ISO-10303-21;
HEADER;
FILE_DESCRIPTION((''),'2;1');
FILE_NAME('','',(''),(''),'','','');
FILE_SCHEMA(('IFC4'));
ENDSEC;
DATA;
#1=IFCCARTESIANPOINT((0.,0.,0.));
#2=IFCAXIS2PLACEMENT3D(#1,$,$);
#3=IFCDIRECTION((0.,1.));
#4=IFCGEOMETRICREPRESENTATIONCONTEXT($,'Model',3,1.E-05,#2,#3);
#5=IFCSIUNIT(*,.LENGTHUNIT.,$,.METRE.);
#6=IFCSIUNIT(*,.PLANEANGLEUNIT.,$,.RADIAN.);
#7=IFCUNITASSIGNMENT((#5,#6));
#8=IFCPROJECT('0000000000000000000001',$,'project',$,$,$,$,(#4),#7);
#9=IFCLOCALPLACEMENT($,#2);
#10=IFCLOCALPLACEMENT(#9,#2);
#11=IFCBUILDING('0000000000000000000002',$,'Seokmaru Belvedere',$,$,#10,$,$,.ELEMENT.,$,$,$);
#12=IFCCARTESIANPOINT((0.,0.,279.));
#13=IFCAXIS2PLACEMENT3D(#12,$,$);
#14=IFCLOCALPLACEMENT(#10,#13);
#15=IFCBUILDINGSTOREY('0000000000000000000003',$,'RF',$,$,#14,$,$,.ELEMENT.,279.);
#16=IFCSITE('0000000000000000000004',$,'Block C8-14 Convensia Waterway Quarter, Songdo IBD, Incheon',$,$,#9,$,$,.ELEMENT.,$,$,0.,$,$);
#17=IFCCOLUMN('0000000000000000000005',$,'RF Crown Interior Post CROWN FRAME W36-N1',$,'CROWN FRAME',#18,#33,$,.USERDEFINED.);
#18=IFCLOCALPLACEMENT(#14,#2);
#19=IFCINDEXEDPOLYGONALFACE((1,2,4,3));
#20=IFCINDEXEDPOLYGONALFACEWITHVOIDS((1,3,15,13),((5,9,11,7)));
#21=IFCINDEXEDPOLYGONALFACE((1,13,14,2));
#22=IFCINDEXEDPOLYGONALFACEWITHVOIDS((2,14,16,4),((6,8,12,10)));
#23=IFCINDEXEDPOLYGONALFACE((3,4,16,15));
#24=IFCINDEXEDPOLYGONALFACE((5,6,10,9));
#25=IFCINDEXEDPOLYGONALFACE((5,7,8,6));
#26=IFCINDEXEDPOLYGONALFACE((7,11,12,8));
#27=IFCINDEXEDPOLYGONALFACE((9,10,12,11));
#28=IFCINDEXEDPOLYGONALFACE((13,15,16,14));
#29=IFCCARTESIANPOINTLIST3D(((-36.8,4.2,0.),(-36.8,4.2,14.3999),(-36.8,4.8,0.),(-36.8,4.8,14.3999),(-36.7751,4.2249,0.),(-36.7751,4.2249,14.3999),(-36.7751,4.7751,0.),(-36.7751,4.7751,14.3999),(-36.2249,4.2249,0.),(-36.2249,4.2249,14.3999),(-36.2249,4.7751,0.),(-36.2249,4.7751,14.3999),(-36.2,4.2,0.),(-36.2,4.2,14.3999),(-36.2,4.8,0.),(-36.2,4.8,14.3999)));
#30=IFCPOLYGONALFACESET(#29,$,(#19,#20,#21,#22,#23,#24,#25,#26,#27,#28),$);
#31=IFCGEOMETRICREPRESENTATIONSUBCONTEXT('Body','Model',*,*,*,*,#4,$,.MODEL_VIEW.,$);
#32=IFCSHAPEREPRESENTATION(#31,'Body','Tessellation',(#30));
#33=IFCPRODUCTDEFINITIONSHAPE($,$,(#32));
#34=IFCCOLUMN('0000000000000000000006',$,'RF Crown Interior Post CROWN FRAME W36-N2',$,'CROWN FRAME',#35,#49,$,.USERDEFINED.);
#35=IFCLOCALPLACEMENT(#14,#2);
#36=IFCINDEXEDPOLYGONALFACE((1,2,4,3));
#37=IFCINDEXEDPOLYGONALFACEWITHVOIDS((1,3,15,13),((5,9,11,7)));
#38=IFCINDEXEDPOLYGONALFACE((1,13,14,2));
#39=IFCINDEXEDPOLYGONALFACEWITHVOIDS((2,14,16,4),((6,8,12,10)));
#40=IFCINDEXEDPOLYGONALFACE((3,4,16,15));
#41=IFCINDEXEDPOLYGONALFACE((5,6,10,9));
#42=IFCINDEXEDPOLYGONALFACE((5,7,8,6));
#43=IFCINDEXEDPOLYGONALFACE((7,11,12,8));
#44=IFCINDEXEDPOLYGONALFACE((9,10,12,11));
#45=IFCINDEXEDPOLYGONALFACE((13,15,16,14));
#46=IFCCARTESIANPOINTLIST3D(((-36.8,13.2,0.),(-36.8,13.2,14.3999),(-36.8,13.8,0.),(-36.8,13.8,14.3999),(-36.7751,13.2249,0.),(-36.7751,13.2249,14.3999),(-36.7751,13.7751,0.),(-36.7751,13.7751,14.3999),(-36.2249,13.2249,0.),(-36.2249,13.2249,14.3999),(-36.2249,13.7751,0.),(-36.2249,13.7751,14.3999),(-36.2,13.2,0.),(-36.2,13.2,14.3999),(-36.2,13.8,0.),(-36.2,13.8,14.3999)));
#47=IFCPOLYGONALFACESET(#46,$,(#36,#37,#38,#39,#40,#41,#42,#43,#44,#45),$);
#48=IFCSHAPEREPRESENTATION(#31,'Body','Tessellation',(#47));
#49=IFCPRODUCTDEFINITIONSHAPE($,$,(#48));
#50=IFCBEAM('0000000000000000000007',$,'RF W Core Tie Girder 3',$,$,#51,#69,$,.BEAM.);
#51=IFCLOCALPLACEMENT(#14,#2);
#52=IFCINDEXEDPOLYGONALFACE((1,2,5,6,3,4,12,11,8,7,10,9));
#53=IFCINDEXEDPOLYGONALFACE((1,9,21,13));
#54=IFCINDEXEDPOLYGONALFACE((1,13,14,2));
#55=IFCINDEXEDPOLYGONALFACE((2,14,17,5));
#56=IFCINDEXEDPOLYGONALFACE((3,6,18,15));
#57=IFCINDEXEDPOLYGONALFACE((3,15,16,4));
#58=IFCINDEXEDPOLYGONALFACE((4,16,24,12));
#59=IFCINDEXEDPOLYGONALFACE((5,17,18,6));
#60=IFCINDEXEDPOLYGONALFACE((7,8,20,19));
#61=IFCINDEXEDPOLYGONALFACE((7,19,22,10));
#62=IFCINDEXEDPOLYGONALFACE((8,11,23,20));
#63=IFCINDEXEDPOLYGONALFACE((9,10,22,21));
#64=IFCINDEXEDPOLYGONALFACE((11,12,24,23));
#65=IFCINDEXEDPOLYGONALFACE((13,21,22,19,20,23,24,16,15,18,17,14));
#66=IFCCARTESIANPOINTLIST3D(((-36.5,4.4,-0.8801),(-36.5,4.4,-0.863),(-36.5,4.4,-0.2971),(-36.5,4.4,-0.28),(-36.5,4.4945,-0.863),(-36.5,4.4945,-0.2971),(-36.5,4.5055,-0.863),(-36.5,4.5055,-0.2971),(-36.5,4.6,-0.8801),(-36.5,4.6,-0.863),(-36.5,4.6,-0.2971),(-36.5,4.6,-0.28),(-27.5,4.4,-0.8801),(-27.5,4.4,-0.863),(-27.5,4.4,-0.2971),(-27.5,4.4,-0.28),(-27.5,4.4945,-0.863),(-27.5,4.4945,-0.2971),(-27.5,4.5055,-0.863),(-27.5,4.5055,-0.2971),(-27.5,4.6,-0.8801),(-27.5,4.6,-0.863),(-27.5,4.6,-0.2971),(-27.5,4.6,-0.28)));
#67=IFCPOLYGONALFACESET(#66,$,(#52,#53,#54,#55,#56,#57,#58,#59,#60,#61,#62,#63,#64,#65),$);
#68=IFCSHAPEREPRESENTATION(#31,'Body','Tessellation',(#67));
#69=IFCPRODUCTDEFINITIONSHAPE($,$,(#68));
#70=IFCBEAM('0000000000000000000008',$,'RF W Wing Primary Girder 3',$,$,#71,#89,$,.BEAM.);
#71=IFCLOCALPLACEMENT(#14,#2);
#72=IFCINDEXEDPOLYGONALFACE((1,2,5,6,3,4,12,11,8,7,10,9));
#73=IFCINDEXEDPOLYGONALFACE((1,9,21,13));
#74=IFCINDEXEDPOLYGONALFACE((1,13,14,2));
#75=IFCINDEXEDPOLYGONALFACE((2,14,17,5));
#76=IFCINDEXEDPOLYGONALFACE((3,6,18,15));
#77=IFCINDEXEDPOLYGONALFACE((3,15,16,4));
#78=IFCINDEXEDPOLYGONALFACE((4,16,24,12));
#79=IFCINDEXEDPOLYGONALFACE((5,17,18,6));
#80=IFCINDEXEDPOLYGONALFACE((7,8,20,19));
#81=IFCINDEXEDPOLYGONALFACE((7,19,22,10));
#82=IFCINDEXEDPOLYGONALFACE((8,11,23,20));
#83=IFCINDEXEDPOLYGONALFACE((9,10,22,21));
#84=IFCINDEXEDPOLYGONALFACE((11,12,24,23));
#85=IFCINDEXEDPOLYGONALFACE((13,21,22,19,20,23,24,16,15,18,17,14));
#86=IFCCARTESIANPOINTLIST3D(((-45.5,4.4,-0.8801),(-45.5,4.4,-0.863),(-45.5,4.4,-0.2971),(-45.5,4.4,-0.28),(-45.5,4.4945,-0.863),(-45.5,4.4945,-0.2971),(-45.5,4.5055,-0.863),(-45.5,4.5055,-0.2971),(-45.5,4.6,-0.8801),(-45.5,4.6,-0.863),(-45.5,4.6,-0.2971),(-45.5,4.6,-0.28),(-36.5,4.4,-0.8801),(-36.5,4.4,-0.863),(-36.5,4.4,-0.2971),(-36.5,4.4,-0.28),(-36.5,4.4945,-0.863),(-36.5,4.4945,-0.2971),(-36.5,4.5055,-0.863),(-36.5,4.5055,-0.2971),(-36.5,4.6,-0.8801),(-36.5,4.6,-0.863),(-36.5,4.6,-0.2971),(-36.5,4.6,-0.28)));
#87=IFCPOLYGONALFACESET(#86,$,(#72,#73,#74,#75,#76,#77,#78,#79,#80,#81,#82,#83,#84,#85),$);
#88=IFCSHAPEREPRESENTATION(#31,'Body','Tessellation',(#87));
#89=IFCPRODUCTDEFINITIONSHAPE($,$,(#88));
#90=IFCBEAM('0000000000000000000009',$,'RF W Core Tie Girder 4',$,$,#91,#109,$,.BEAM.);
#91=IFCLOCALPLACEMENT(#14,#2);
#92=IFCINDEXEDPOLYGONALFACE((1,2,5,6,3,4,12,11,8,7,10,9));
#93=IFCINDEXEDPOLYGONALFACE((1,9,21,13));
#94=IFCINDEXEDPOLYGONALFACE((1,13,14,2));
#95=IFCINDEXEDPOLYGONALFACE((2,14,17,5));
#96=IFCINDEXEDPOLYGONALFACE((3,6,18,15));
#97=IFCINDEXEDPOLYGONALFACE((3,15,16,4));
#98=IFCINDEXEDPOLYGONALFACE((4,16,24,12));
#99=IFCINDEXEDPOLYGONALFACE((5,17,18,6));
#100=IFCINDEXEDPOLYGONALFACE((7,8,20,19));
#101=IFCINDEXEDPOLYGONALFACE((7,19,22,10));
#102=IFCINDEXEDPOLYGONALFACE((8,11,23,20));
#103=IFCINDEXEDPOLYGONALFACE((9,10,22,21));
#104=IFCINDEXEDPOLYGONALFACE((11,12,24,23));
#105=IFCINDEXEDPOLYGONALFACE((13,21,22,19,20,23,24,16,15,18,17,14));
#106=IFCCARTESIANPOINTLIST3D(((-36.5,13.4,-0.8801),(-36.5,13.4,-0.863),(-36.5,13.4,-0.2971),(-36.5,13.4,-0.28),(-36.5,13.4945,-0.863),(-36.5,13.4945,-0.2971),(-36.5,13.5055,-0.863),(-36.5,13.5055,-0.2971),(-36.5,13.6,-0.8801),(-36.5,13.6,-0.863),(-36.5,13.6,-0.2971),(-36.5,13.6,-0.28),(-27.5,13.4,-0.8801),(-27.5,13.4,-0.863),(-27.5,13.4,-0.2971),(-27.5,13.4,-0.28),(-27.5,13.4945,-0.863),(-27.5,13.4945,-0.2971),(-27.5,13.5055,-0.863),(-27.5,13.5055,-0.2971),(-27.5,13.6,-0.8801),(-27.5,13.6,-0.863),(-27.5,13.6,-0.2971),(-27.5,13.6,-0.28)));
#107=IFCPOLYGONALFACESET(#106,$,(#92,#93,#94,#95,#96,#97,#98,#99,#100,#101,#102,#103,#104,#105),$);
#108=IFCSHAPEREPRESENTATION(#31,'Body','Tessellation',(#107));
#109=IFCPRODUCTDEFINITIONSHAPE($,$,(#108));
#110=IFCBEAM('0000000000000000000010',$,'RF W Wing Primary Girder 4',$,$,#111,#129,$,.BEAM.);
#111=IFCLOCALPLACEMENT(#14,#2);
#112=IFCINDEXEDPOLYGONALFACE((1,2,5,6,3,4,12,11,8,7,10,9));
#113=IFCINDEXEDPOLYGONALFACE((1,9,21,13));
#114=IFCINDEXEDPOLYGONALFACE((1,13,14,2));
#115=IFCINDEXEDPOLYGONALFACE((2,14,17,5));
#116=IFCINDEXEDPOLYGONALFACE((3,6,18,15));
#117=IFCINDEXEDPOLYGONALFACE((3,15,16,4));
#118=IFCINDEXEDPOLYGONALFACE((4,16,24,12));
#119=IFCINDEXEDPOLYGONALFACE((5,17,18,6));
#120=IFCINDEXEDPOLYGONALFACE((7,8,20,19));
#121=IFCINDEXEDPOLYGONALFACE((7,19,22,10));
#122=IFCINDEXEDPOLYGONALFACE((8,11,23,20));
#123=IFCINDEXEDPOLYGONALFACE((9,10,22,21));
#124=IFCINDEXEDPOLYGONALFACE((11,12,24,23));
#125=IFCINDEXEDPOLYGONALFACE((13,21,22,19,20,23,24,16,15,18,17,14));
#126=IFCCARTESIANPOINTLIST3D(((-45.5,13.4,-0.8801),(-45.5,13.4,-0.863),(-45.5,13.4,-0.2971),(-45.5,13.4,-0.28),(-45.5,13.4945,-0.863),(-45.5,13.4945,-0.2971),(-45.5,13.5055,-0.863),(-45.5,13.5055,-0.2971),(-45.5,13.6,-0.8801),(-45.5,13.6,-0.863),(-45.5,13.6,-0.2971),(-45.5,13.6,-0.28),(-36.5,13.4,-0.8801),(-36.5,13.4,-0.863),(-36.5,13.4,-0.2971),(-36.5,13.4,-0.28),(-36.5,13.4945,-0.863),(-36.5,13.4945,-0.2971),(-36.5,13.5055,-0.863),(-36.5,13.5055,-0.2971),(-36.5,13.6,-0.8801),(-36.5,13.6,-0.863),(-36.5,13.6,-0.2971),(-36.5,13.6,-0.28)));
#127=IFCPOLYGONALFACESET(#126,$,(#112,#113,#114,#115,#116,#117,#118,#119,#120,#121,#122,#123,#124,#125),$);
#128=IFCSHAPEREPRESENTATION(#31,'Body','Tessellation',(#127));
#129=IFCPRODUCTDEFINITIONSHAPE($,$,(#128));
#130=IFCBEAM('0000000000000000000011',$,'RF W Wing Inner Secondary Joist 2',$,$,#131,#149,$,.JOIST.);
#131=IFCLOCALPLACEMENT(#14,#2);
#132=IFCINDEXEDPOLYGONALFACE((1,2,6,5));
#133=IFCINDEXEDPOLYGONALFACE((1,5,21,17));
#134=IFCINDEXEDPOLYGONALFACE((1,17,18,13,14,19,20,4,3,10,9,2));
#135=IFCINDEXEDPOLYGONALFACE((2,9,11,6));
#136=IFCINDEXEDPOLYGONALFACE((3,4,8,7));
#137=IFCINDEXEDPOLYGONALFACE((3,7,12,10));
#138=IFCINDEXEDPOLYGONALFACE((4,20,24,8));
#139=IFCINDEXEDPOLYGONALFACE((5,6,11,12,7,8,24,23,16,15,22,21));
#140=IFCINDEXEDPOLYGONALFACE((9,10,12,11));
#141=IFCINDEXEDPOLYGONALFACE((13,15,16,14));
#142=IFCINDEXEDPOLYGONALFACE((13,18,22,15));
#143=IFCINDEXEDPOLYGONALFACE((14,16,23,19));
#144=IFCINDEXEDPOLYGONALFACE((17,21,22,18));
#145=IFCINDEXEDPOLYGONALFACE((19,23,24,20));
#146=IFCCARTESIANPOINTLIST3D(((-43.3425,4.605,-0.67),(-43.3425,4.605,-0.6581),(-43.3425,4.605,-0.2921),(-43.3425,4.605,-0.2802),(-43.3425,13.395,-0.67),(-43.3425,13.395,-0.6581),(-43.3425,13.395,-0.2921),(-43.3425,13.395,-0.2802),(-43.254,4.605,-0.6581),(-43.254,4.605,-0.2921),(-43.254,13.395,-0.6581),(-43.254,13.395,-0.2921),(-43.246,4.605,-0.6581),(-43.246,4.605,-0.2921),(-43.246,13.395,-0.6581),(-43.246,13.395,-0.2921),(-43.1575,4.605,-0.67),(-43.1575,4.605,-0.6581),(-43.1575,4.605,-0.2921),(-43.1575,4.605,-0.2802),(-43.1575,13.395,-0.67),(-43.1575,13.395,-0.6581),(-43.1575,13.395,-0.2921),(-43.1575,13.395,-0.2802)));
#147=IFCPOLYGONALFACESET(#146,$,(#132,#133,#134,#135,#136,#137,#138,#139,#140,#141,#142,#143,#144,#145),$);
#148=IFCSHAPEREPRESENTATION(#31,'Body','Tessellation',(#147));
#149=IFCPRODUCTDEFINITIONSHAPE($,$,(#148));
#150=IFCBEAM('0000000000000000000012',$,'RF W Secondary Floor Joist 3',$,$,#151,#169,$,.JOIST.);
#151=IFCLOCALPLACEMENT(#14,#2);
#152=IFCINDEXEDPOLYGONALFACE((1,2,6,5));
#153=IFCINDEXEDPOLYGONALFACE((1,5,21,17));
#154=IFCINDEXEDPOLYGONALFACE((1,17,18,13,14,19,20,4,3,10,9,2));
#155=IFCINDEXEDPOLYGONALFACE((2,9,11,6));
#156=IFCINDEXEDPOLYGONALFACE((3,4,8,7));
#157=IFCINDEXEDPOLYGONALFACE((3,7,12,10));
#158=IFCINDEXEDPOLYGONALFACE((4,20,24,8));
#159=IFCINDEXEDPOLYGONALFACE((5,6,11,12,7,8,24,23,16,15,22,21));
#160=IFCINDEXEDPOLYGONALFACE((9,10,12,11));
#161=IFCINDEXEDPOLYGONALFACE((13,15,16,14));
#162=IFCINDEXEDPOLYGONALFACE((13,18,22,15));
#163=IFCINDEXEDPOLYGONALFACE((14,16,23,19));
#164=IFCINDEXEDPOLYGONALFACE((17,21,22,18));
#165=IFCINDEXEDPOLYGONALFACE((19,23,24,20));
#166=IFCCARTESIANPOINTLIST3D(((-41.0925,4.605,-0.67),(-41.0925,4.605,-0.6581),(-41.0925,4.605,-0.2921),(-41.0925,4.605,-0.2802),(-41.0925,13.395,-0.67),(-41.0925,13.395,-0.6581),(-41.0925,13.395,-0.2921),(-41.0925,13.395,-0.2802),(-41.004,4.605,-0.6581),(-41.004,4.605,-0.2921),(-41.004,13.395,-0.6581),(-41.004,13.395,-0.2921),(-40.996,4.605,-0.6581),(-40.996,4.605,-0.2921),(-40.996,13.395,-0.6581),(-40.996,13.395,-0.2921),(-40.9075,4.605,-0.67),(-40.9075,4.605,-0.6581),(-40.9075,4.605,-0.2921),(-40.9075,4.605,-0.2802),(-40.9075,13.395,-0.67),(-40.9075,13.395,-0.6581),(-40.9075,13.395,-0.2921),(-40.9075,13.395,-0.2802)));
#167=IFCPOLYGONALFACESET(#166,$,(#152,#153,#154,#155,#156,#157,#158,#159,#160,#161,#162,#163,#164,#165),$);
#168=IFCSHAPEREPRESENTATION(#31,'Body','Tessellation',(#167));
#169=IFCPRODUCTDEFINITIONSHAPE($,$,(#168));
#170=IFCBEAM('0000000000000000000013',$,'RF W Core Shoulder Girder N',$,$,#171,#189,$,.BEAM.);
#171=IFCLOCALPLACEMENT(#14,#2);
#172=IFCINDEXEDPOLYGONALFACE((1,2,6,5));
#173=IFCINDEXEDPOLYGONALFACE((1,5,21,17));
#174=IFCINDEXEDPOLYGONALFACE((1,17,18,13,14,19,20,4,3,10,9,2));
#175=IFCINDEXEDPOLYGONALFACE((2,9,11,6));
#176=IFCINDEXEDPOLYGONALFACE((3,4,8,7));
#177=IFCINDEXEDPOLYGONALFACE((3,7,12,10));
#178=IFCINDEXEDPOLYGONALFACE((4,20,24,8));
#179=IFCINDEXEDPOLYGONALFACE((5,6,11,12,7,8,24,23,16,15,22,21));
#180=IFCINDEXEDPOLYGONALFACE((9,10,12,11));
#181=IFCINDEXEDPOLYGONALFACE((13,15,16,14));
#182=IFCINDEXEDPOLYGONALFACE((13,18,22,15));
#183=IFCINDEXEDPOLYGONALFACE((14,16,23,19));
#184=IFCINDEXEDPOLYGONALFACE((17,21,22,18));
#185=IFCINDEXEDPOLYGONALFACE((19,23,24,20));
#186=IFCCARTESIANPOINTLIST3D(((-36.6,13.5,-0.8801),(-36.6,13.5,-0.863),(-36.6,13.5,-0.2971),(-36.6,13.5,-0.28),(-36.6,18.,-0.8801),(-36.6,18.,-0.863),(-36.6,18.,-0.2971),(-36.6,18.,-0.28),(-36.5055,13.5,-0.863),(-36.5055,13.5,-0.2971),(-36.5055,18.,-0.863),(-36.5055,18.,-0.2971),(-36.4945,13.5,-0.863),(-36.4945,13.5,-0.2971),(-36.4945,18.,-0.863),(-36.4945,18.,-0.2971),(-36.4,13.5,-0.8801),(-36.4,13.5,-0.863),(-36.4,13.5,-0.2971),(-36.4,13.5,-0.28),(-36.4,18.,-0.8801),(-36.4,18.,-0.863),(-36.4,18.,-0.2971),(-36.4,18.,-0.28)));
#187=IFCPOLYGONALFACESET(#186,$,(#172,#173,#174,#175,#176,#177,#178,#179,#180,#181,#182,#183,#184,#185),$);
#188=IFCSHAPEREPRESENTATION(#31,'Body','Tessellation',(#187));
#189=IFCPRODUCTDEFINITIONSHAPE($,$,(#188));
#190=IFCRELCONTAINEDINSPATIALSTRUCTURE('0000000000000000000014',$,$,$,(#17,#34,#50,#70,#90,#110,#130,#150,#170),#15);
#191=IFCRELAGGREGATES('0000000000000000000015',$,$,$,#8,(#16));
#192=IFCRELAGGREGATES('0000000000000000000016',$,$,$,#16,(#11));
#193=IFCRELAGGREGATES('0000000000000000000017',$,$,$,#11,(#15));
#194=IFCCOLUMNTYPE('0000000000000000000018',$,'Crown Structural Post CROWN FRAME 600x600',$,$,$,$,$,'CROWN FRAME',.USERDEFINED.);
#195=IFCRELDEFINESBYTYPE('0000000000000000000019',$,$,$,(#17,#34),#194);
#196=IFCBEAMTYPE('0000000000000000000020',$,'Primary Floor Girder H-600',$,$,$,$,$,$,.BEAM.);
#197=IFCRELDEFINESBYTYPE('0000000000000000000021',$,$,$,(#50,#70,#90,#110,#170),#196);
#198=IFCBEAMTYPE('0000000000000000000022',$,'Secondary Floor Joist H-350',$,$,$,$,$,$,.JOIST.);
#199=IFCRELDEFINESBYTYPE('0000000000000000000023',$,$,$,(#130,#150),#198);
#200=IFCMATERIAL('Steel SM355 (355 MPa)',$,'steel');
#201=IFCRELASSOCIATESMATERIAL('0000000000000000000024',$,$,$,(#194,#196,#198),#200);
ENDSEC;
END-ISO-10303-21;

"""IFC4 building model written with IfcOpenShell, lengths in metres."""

from ifc_helpers import new_model, si_unit, direction, frame, origin, origin_2d, place, context, subcontext, project, spatial, hollow_rectangle, i_section, extrude, source, transform, mapped, material, material_profile, profile_set, type_object, type_shapes, element, save


model = new_model("IFC4")

# Units and contexts
model_context = context("Model", 3, precision=1e-05, world=origin(), true_north=direction((0.0, 1.0)))
body_context = subcontext(model_context, "Body", "Model", "MODEL_VIEW")
ifc_project = project(units=[si_unit("LENGTHUNIT", "METRE"), si_unit("PLANEANGLEUNIT", "RADIAN")], contexts=[model_context])

# Site, building, storey
site_placement = place(None, origin())
site = spatial("IfcSite", under=ifc_project, at=site_placement, Name="Block C8-14 Convensia Waterway Quarter, Songdo IBD, Incheon", CompositionType="ELEMENT", RefElevation=0.0)
building_placement = place(site_placement, origin())
building = spatial("IfcBuilding", under=site, at=building_placement, Name="Seokmaru Belvedere", CompositionType="ELEMENT")
storey_placement = place(building_placement, frame((0.0, 0.0, 279.0)))
storey = spatial("IfcBuildingStorey", under=building, at=storey_placement, Name="RF", CompositionType="ELEMENT", Elevation=279.0)

# Columns
ifc_material_1 = material(Name="Steel SM355 (355 MPa)", Category="steel")
ifc_material_profile_1 = material_profile(ifc_material_1, hollow_rectangle(XDim=0.6001, YDim=0.6001, WallThickness=0.0249, at=origin_2d()), Name="HSS-600x600x25")
ifc_profile_set_1 = profile_set([ifc_material_profile_1], Name="Steel SM355 (355 MPa)")
column_type = type_object("IfcColumnType", Name="Crown Structural Post CROWN FRAME 600x600", ElementType="CROWN FRAME", PredefinedType="USERDEFINED", material=ifc_profile_set_1)
shared_shape_1 = source(origin(), body_context, "Body", "SweptSolid", [
    extrude(hollow_rectangle(XDim=0.6001, YDim=0.6001, WallThickness=0.0249, at=origin_2d()), origin(), (0.0, 0.0, 1.0), 14.3999),
])
type_shapes(column_type, [shared_shape_1])
for number, where, z_axis, x_axis, name in (
    (1, (-36.5, 4.5, 0.0), (0.0, 0.0, 1.0), (1.0, 0.0, 0.0), "RF Crown Interior Post CROWN FRAME W36-N1"),
    (2, (-36.5, 13.5, 0.0), (0.0, 0.0, 1.0), (1.0, 0.0, 0.0), "RF Crown Interior Post CROWN FRAME W36-N2"),
):
    element("IfcColumn", number, at=place(storey_placement, frame(where, z_axis=z_axis, x_axis=x_axis)), inside=storey, type_object=column_type, Name=name, ObjectType="CROWN FRAME", PredefinedType="USERDEFINED", context=body_context, shape_type="MappedRepresentation", body=[
        mapped(shared_shape_1, transform((0.0, 0.0, 0.0), scale=1.0)),
    ])

# Beams
ifc_material_profile_2 = material_profile(ifc_material_1, i_section(OverallWidth=0.2, OverallDepth=0.6001, WebThickness=0.011, FlangeThickness=0.0171, at=origin_2d()), Name="H-600x200x11x17")
ifc_profile_set_2 = profile_set([ifc_material_profile_2], Name="Steel SM355 (355 MPa)")
beam_type_1 = type_object("IfcBeamType", Name="Primary Floor Girder H-600", PredefinedType="BEAM", material=ifc_profile_set_2)
shared_shape_2 = source(origin(), body_context, "Body", "SweptSolid", [
    extrude(i_section(OverallWidth=0.2, OverallDepth=0.6001, WebThickness=0.011, FlangeThickness=0.0171, at=origin_2d()), origin(), (0.0, 0.0, 1.0), 9.0),
])
for number, where, z_axis, x_axis, name in (
    (3, (-36.5, 4.5, -0.5801), (1.0, 0.0, 0.0), (0.0, 1.0, 0.0), "RF W Core Tie Girder 3"),
    (4, (-45.5, 4.5, -0.5801), (1.0, 0.0, 0.0), (0.0, 1.0, 0.0), "RF W Wing Primary Girder 3"),
    (5, (-36.5, 13.5, -0.5801), (1.0, 0.0, 0.0), (0.0, 1.0, 0.0), "RF W Core Tie Girder 4"),
    (6, (-45.5, 13.5, -0.5801), (1.0, 0.0, 0.0), (0.0, 1.0, 0.0), "RF W Wing Primary Girder 4"),
):
    element("IfcBeam", number, at=place(storey_placement, frame(where, z_axis=z_axis, x_axis=x_axis)), inside=storey, type_object=beam_type_1, Name=name, PredefinedType="BEAM", context=body_context, shape_type="MappedRepresentation", body=[
        mapped(shared_shape_2, transform((0.0, 0.0, 0.0), scale=1.0)),
    ])
ifc_material_profile_3 = material_profile(ifc_material_1, i_section(OverallWidth=0.1851, OverallDepth=0.3899, WebThickness=0.0081, FlangeThickness=0.012, at=origin_2d()), Name="H-390x185x8x12")
ifc_profile_set_3 = profile_set([ifc_material_profile_3], Name="Steel SM355 (355 MPa)")
beam_type_2 = type_object("IfcBeamType", Name="Secondary Floor Joist H-350", PredefinedType="JOIST", material=ifc_profile_set_3)
shared_shape_3 = source(origin(), body_context, "Body", "SweptSolid", [
    extrude(i_section(OverallWidth=0.1851, OverallDepth=0.3899, WebThickness=0.0081, FlangeThickness=0.012, at=origin_2d()), origin(), (0.0, 0.0, 1.0), 8.79),
])
type_shapes(beam_type_2, [shared_shape_3])
for number, where, z_axis, x_axis, name in (
    (7, (-43.25, 4.605, -0.4751), (0.0, 1.0, 0.0), (-1.0, 0.0, 0.0), "RF W Wing Inner Secondary Joist 2"),
    (8, (-41.0, 4.605, -0.4751), (0.0, 1.0, 0.0), (-1.0, 0.0, 0.0), "RF W Secondary Floor Joist 3"),
):
    element("IfcBeam", number, at=place(storey_placement, frame(where, z_axis=z_axis, x_axis=x_axis)), inside=storey, type_object=beam_type_2, Name=name, PredefinedType="JOIST", context=body_context, shape_type="MappedRepresentation", body=[
        mapped(shared_shape_3, transform((0.0, 0.0, 0.0), scale=1.0)),
    ])
shared_shape_4 = source(origin(), body_context, "Body", "SweptSolid", [
    extrude(i_section(OverallWidth=0.2, OverallDepth=0.6001, WebThickness=0.011, FlangeThickness=0.0171, at=origin_2d()), origin(), (0.0, 0.0, 1.0), 4.5),
])
type_shapes(beam_type_1, [shared_shape_2, shared_shape_4])
beam_1_placement = place(storey_placement, frame((-36.5, 13.5, -0.5801), z_axis=(0.0, 1.0, 0.0), x_axis=(-1.0, 0.0, 0.0)))
element("IfcBeam", 9, at=beam_1_placement, inside=storey, type_object=beam_type_1, Name="RF W Core Shoulder Girder N", PredefinedType="BEAM", context=body_context, shape_type="MappedRepresentation", body=[
    mapped(shared_shape_4, transform((0.0, 0.0, 0.0), scale=1.0)),
])

save(model, "model.ifc")
